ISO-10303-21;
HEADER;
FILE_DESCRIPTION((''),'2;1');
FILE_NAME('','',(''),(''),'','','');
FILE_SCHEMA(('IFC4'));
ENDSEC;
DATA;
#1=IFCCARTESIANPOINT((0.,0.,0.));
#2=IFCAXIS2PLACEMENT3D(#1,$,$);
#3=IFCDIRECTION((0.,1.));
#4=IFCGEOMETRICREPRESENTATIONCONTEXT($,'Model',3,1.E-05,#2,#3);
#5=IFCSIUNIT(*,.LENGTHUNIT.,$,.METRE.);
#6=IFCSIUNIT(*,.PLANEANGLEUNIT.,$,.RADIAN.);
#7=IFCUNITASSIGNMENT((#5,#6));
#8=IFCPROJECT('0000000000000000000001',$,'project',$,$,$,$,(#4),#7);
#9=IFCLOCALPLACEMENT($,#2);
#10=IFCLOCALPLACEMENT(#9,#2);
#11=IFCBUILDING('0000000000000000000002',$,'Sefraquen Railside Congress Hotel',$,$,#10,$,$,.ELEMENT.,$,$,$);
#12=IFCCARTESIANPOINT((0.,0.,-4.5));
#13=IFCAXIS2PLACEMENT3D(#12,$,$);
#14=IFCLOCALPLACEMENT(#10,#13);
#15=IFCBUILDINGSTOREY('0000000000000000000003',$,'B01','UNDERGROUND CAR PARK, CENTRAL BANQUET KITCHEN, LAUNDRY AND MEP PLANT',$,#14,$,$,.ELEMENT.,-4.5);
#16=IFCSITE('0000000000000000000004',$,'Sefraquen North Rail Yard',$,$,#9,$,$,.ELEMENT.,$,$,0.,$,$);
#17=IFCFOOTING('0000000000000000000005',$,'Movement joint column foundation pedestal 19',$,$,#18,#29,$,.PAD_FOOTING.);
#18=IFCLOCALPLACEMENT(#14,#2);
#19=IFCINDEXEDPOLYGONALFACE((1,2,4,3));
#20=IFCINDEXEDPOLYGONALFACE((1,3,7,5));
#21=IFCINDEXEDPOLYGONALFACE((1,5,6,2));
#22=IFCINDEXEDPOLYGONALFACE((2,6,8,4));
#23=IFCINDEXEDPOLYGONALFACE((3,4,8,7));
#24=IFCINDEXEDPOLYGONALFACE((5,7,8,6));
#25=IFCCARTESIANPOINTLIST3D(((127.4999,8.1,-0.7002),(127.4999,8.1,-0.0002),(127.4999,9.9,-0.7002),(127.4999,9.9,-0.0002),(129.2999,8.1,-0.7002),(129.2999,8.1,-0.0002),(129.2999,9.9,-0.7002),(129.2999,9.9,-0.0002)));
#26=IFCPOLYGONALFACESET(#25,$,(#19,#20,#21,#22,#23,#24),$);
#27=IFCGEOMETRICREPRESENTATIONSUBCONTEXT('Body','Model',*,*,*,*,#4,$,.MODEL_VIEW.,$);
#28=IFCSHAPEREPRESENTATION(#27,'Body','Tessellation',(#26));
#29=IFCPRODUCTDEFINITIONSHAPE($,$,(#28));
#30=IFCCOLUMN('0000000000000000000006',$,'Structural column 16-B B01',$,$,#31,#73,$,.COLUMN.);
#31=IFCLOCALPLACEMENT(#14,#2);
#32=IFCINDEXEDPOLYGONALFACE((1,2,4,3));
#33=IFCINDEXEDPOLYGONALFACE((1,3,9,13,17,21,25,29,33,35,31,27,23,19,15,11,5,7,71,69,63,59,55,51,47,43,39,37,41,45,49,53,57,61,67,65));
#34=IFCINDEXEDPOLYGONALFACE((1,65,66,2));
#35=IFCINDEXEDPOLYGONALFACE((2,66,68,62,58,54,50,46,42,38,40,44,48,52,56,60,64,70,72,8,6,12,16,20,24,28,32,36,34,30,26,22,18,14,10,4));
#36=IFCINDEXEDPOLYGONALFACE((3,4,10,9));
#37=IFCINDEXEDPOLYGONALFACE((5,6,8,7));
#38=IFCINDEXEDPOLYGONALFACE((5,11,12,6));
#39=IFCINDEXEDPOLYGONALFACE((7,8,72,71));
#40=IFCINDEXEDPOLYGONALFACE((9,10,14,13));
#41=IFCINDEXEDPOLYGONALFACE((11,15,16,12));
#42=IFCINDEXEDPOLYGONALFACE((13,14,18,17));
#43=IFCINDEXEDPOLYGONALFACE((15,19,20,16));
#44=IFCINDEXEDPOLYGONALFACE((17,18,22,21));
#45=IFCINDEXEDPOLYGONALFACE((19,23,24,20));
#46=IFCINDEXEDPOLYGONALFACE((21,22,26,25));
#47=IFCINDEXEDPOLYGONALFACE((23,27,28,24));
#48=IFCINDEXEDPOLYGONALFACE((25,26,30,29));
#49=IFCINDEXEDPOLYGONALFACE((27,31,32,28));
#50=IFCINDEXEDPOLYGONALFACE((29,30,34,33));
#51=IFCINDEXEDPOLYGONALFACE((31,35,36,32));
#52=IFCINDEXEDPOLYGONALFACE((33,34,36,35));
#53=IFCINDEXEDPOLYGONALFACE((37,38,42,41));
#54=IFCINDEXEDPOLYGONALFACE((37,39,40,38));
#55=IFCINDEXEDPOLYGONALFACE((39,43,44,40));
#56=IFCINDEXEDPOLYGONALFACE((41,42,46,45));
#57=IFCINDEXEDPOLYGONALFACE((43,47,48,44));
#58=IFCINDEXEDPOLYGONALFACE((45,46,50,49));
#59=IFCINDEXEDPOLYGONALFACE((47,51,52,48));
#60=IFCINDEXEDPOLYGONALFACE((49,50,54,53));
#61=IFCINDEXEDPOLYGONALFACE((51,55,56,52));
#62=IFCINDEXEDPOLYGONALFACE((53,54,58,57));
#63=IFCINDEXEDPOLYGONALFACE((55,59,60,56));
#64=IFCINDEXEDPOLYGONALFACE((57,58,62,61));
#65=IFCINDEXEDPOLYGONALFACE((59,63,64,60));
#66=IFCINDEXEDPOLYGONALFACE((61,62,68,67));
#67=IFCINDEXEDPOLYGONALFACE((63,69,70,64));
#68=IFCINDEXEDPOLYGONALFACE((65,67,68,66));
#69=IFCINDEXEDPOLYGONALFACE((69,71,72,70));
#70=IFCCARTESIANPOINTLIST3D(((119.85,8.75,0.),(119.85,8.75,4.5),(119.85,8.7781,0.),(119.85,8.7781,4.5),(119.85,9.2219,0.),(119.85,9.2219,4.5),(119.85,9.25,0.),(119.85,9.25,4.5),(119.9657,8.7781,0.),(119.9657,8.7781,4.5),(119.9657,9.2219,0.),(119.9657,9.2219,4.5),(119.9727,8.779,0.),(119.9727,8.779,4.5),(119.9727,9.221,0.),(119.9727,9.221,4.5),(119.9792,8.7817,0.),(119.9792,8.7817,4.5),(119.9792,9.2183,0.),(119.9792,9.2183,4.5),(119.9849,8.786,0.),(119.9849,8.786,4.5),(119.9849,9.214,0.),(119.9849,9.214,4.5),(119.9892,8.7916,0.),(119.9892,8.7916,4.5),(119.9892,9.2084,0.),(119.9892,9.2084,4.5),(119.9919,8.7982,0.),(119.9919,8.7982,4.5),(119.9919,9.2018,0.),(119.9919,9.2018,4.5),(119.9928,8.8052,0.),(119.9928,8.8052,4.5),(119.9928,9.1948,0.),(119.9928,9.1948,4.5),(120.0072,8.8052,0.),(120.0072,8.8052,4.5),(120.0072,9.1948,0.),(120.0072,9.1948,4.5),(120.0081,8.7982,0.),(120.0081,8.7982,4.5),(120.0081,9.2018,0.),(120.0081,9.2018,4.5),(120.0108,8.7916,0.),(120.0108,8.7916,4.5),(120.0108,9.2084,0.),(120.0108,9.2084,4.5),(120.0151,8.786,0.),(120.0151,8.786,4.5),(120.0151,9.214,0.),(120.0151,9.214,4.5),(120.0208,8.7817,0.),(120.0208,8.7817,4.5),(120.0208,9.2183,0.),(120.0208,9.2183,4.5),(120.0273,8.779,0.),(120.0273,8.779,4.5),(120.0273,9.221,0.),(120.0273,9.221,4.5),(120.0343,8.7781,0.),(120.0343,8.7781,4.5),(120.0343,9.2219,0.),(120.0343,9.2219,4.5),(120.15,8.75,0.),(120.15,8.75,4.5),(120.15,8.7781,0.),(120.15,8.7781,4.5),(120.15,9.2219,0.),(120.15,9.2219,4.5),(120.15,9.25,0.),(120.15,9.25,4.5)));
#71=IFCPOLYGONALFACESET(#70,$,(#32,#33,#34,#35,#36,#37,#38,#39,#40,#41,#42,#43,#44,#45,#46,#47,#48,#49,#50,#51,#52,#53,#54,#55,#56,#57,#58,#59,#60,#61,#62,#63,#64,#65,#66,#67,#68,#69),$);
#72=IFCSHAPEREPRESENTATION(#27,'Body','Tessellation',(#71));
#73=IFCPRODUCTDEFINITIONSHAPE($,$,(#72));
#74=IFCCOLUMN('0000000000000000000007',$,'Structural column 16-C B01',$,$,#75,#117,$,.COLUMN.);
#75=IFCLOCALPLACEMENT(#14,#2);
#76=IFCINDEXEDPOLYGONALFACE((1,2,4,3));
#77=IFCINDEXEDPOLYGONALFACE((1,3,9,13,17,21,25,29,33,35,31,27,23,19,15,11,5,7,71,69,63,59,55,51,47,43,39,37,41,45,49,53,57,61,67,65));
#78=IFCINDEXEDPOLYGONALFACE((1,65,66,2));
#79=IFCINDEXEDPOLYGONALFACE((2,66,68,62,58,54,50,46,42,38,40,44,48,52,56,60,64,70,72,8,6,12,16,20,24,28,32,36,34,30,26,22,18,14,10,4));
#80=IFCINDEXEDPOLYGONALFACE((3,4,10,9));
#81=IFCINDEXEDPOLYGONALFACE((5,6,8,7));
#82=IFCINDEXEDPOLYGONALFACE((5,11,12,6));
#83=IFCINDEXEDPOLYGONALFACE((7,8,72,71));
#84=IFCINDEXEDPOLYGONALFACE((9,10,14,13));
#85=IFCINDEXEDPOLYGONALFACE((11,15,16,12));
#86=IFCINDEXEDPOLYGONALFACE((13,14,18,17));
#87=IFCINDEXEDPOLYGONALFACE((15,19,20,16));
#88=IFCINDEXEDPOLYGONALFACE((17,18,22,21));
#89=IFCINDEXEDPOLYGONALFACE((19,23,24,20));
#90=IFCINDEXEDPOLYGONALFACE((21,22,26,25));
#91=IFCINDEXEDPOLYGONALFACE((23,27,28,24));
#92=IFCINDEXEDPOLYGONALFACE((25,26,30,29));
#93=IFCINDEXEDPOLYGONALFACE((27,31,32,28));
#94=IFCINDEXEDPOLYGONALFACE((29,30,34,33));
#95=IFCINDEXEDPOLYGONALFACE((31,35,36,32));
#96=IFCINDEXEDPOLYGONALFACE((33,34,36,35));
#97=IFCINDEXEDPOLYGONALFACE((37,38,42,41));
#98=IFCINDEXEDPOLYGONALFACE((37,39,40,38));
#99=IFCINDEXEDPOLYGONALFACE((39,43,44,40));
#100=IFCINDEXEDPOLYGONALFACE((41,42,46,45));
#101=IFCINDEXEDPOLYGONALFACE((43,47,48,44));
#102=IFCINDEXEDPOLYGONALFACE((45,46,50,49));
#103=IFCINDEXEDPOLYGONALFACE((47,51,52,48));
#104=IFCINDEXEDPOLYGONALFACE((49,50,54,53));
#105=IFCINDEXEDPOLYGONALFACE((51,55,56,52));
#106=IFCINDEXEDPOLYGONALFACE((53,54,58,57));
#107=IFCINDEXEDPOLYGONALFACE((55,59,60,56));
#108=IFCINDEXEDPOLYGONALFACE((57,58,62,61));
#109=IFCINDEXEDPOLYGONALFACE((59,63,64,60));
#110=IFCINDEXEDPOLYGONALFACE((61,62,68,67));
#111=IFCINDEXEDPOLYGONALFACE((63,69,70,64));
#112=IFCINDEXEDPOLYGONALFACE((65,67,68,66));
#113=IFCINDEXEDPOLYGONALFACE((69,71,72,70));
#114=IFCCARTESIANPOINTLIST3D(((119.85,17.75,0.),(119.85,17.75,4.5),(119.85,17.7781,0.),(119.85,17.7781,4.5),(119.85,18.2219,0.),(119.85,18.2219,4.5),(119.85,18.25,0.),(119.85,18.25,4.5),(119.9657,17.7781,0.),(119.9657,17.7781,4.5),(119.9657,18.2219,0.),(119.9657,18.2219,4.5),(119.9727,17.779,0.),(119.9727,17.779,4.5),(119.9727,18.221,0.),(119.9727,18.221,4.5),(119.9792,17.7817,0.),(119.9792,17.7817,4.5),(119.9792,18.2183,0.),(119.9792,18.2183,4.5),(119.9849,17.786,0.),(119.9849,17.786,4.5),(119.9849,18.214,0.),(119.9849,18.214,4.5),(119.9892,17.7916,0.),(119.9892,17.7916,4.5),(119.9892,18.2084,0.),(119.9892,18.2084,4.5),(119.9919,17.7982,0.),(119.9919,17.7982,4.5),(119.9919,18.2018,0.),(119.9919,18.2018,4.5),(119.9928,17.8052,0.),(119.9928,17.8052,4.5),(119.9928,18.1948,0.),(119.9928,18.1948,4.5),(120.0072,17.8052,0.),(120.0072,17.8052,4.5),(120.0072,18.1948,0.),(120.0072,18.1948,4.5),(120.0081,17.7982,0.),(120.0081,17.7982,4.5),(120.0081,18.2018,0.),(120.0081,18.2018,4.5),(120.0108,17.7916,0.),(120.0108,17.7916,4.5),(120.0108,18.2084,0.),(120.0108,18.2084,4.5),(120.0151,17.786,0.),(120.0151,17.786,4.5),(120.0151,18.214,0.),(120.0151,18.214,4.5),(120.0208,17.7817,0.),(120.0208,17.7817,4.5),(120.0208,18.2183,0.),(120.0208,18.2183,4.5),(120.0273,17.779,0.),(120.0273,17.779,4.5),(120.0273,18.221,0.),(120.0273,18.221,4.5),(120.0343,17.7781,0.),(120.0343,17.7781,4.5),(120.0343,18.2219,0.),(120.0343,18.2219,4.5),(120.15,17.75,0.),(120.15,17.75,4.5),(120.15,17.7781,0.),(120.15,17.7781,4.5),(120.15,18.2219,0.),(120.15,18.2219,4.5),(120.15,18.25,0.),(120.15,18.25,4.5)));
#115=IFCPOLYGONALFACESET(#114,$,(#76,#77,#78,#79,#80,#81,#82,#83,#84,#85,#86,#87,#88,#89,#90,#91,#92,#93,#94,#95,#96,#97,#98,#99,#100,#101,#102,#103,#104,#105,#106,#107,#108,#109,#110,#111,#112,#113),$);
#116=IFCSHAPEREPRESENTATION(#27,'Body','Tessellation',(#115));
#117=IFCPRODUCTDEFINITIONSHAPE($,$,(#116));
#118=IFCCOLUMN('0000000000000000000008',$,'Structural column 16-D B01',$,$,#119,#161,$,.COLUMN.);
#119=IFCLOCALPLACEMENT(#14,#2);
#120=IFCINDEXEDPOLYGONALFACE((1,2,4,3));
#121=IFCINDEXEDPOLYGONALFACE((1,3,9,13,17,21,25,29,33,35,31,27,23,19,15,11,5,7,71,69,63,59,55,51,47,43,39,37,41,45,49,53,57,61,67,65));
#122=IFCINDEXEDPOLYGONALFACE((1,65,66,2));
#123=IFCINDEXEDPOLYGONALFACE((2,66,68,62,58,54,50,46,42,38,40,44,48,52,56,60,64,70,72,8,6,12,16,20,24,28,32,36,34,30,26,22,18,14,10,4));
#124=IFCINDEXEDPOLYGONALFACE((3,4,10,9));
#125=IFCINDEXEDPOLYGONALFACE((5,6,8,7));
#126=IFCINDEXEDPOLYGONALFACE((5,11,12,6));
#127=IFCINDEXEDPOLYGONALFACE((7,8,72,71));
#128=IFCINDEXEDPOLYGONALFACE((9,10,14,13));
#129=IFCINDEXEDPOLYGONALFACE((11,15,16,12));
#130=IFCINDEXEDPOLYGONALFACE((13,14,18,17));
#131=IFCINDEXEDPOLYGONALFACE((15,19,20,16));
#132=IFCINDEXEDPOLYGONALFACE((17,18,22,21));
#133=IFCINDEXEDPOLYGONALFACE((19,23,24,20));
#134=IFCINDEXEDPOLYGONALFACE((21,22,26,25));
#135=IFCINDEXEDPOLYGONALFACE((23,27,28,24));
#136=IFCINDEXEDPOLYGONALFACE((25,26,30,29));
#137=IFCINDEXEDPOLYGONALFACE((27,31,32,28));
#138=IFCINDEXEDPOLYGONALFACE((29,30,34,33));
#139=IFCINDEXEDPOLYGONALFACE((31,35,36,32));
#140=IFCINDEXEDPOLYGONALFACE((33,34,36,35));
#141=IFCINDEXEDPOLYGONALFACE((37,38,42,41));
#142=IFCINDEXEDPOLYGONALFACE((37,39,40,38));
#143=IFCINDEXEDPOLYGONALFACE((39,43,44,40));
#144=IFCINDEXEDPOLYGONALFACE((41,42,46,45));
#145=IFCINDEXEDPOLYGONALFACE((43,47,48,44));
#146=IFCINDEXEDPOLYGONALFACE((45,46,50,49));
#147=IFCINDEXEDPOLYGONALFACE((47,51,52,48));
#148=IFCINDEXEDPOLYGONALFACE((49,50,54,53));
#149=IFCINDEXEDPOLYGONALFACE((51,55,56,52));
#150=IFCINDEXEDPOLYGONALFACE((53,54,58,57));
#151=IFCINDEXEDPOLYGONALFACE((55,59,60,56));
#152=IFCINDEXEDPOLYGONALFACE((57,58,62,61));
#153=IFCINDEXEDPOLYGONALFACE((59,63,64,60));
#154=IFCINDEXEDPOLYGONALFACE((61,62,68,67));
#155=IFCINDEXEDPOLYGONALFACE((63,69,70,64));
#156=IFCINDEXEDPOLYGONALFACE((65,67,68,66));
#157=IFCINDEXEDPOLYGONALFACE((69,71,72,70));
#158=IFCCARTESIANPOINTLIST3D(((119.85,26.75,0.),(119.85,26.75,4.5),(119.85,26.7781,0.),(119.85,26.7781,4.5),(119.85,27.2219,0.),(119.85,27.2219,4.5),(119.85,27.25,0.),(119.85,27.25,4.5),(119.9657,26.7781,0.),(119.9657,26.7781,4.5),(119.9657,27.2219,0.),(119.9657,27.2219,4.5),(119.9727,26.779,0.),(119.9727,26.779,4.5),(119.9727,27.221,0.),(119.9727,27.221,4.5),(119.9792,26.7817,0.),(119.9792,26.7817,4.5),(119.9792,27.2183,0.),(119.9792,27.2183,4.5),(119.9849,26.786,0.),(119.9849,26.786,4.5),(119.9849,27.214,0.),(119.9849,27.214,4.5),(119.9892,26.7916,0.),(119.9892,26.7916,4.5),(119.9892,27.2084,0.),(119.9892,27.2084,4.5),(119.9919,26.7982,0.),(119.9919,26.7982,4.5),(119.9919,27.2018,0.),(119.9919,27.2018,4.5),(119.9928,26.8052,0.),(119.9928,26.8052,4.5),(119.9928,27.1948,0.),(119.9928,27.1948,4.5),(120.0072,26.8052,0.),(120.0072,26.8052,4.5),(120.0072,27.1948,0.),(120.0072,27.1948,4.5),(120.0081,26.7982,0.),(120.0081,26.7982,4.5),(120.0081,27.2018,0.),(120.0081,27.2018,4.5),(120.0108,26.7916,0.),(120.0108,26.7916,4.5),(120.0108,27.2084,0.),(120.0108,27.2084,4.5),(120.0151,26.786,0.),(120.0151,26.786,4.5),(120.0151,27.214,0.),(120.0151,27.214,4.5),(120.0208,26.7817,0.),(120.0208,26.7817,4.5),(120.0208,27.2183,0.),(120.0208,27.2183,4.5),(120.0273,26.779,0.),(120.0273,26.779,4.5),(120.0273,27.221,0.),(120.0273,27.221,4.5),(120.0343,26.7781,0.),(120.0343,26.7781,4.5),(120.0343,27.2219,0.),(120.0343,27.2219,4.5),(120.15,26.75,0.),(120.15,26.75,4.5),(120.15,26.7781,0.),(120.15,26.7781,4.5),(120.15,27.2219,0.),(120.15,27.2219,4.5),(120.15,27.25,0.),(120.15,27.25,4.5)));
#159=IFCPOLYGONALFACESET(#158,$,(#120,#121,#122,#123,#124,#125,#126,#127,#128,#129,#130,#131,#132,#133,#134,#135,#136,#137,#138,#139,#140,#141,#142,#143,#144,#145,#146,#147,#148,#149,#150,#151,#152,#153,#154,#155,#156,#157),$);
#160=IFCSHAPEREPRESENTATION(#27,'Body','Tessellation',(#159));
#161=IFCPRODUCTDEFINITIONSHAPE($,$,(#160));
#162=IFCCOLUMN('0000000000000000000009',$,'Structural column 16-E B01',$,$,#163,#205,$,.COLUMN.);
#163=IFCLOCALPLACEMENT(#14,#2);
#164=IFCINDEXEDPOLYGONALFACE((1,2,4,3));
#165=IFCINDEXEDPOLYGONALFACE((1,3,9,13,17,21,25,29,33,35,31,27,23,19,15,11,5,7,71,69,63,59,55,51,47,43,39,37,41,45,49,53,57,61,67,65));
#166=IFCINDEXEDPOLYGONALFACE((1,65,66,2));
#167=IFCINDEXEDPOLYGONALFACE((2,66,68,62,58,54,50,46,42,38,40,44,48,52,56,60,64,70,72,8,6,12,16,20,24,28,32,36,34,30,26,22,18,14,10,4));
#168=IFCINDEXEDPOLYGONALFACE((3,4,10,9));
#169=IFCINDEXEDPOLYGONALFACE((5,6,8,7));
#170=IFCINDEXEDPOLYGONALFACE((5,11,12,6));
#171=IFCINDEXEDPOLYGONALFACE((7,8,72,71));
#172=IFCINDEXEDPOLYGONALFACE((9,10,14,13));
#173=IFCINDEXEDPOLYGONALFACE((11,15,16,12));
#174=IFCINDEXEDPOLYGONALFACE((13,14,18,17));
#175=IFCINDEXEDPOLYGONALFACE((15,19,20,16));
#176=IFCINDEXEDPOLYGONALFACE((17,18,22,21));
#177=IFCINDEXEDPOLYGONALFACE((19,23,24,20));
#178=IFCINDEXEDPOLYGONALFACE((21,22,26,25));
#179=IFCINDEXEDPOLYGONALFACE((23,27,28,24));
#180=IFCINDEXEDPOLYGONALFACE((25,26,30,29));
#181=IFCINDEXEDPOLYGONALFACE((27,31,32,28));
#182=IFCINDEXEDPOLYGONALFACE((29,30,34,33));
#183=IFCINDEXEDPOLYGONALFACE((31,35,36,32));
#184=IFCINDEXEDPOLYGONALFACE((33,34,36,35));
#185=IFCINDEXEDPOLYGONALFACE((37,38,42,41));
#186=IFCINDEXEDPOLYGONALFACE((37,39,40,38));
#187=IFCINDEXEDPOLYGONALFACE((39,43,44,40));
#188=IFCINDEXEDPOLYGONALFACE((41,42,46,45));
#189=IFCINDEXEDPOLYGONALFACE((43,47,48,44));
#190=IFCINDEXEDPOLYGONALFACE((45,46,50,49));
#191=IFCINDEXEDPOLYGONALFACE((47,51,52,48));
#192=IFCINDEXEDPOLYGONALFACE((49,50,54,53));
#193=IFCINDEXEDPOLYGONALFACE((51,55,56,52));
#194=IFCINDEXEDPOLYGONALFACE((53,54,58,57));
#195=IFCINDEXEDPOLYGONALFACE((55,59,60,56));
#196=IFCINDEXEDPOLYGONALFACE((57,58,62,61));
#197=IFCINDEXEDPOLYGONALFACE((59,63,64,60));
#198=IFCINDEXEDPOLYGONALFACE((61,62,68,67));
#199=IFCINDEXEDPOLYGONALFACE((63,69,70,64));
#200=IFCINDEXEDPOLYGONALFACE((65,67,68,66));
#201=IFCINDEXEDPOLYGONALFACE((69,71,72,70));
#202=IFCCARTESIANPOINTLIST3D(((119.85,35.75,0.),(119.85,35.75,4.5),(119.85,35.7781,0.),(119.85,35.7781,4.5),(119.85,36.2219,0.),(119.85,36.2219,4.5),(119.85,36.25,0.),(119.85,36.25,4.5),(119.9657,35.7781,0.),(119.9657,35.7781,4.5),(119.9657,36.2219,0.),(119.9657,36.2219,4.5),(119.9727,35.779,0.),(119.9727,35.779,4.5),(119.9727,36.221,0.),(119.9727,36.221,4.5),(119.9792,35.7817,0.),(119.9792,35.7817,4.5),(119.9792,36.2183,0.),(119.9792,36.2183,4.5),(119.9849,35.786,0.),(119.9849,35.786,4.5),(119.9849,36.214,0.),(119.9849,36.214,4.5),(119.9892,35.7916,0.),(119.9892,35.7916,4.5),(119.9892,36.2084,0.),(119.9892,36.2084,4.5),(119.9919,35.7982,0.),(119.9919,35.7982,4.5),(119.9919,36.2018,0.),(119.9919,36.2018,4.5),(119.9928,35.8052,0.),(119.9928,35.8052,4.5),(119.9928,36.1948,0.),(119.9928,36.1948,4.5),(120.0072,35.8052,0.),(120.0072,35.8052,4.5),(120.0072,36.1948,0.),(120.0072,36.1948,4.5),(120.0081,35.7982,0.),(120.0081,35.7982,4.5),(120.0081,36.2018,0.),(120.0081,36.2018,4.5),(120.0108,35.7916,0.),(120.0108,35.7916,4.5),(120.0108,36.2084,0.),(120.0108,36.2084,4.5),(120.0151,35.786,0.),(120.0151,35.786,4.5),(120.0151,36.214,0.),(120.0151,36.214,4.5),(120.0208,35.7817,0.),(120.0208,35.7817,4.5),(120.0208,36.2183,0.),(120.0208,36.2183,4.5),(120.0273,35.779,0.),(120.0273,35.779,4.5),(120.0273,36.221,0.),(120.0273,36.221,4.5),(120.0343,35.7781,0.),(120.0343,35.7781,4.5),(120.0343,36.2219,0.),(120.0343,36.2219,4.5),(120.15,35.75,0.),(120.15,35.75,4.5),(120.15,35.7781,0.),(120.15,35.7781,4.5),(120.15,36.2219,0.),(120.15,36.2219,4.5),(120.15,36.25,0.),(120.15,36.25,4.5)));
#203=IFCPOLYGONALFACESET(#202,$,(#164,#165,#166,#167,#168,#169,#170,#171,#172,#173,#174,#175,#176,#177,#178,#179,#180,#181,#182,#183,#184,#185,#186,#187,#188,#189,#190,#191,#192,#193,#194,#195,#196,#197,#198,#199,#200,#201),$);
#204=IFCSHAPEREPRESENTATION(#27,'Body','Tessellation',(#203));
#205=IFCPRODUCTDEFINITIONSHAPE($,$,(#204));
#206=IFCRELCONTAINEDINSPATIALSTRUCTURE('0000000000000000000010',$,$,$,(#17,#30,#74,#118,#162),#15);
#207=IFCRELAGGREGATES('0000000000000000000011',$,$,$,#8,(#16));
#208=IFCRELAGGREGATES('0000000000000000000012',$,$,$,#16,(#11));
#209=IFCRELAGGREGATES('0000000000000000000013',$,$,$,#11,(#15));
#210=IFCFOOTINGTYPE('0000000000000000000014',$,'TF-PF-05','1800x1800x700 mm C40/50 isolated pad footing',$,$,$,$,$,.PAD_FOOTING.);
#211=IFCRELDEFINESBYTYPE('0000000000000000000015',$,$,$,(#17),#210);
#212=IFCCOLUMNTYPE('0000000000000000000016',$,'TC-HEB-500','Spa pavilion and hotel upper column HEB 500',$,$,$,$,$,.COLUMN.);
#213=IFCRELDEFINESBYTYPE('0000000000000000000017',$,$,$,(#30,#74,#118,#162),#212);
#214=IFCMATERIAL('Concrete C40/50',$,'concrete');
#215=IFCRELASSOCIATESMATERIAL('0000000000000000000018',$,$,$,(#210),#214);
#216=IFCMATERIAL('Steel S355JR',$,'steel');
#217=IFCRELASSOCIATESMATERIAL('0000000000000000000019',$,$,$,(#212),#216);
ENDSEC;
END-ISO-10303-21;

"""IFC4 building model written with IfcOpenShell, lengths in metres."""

from ifc_helpers import new_model, si_unit, direction, frame, origin, origin_2d, place, context, subcontext, project, spatial, rectangle, i_section, extrude, material, material_profile, profile_set, type_object, element, save


model = new_model("IFC4")

# Units and contexts
model_context = context("Model", 3, precision=1e-05, world=origin(), true_north=direction((0.0, 1.0)))
body_context = subcontext(model_context, "Body", "Model", "MODEL_VIEW")
ifc_project = project(units=[si_unit("LENGTHUNIT", "METRE"), si_unit("PLANEANGLEUNIT", "RADIAN")], contexts=[model_context])

# Site, building, storey
site_placement = place(None, origin())
site = spatial("IfcSite", under=ifc_project, at=site_placement, Name="Sefraquen North Rail Yard", CompositionType="ELEMENT", RefElevation=0.0)
building_placement = place(site_placement, origin())
building = spatial("IfcBuilding", under=site, at=building_placement, Name="Sefraquen Railside Congress Hotel", CompositionType="ELEMENT")
storey_placement = place(building_placement, frame((0.0, 0.0, -4.5)))
storey = spatial("IfcBuildingStorey", under=building, at=storey_placement, Name="B01", Description="UNDERGROUND CAR PARK, CENTRAL BANQUET KITCHEN, LAUNDRY AND MEP PLANT", CompositionType="ELEMENT", Elevation=-4.5)

# Footing
ifc_material_1 = material(Name="Concrete C40/50", Category="concrete")
footing_type = type_object("IfcFootingType", Name="TF-PF-05", Description="1800x1800x700 mm C40/50 isolated pad footing", PredefinedType="PAD_FOOTING", material=ifc_material_1)
footing_placement = place(storey_placement, frame((128.3999, 9.0, -0.7002), z_axis=(0.0, 0.0, 1.0), x_axis=(1.0, 0.0, 0.0)))
element("IfcFooting", 1, at=footing_placement, inside=storey, type_object=footing_type, Name="Movement joint column foundation pedestal 19", PredefinedType="PAD_FOOTING", context=body_context, shape_type="SweptSolid", body=[
    extrude(rectangle(XDim=1.8, YDim=1.8, at=origin_2d()), origin(), (0.0, 0.0, 1.0), 0.7),
])

# Columns
ifc_material_2 = material(Name="Steel S355JR", Category="steel")
ifc_material_profile_1 = material_profile(ifc_material_2, i_section(OverallWidth=0.3, OverallDepth=0.5, WebThickness=0.0144, FlangeThickness=0.0281, FilletRadius=0.0271, at=origin_2d()), Name="HEB 500")
ifc_profile_set_1 = profile_set([ifc_material_profile_1], Name="Steel S355JR")
column_type_1 = type_object("IfcColumnType", Name="TC-HEB-500", Description="Spa pavilion and hotel upper column HEB 500", PredefinedType="COLUMN", material=ifc_profile_set_1)
for number, where, z_axis, x_axis, name in (
    (2, (120.0, 9.0, 0.0), (0.0, 0.0, 1.0), (1.0, 0.0, 0.0), "Structural column 16-B B01"),
    (3, (120.0, 18.0, 0.0), (0.0, 0.0, 1.0), (1.0, 0.0, 0.0), "Structural column 16-C B01"),
    (4, (120.0, 27.0, 0.0), (0.0, 0.0, 1.0), (1.0, 0.0, 0.0), "Structural column 16-D B01"),
    (5, (120.0, 36.0, 0.0), (0.0, 0.0, 1.0), (1.0, 0.0, 0.0), "Structural column 16-E B01"),
):
    element("IfcColumn", number, at=place(storey_placement, frame(where, z_axis=z_axis, x_axis=x_axis)), inside=storey, type_object=column_type_1, Name=name, PredefinedType="COLUMN", context=body_context, shape_type="SweptSolid", body=[
        extrude(i_section(OverallWidth=0.3, OverallDepth=0.5, WebThickness=0.0144, FlangeThickness=0.0281, FilletRadius=0.0271, at=origin_2d()), origin(), (0.0, 0.0, 1.0), 4.5),
    ])

save(model, "model.ifc")
